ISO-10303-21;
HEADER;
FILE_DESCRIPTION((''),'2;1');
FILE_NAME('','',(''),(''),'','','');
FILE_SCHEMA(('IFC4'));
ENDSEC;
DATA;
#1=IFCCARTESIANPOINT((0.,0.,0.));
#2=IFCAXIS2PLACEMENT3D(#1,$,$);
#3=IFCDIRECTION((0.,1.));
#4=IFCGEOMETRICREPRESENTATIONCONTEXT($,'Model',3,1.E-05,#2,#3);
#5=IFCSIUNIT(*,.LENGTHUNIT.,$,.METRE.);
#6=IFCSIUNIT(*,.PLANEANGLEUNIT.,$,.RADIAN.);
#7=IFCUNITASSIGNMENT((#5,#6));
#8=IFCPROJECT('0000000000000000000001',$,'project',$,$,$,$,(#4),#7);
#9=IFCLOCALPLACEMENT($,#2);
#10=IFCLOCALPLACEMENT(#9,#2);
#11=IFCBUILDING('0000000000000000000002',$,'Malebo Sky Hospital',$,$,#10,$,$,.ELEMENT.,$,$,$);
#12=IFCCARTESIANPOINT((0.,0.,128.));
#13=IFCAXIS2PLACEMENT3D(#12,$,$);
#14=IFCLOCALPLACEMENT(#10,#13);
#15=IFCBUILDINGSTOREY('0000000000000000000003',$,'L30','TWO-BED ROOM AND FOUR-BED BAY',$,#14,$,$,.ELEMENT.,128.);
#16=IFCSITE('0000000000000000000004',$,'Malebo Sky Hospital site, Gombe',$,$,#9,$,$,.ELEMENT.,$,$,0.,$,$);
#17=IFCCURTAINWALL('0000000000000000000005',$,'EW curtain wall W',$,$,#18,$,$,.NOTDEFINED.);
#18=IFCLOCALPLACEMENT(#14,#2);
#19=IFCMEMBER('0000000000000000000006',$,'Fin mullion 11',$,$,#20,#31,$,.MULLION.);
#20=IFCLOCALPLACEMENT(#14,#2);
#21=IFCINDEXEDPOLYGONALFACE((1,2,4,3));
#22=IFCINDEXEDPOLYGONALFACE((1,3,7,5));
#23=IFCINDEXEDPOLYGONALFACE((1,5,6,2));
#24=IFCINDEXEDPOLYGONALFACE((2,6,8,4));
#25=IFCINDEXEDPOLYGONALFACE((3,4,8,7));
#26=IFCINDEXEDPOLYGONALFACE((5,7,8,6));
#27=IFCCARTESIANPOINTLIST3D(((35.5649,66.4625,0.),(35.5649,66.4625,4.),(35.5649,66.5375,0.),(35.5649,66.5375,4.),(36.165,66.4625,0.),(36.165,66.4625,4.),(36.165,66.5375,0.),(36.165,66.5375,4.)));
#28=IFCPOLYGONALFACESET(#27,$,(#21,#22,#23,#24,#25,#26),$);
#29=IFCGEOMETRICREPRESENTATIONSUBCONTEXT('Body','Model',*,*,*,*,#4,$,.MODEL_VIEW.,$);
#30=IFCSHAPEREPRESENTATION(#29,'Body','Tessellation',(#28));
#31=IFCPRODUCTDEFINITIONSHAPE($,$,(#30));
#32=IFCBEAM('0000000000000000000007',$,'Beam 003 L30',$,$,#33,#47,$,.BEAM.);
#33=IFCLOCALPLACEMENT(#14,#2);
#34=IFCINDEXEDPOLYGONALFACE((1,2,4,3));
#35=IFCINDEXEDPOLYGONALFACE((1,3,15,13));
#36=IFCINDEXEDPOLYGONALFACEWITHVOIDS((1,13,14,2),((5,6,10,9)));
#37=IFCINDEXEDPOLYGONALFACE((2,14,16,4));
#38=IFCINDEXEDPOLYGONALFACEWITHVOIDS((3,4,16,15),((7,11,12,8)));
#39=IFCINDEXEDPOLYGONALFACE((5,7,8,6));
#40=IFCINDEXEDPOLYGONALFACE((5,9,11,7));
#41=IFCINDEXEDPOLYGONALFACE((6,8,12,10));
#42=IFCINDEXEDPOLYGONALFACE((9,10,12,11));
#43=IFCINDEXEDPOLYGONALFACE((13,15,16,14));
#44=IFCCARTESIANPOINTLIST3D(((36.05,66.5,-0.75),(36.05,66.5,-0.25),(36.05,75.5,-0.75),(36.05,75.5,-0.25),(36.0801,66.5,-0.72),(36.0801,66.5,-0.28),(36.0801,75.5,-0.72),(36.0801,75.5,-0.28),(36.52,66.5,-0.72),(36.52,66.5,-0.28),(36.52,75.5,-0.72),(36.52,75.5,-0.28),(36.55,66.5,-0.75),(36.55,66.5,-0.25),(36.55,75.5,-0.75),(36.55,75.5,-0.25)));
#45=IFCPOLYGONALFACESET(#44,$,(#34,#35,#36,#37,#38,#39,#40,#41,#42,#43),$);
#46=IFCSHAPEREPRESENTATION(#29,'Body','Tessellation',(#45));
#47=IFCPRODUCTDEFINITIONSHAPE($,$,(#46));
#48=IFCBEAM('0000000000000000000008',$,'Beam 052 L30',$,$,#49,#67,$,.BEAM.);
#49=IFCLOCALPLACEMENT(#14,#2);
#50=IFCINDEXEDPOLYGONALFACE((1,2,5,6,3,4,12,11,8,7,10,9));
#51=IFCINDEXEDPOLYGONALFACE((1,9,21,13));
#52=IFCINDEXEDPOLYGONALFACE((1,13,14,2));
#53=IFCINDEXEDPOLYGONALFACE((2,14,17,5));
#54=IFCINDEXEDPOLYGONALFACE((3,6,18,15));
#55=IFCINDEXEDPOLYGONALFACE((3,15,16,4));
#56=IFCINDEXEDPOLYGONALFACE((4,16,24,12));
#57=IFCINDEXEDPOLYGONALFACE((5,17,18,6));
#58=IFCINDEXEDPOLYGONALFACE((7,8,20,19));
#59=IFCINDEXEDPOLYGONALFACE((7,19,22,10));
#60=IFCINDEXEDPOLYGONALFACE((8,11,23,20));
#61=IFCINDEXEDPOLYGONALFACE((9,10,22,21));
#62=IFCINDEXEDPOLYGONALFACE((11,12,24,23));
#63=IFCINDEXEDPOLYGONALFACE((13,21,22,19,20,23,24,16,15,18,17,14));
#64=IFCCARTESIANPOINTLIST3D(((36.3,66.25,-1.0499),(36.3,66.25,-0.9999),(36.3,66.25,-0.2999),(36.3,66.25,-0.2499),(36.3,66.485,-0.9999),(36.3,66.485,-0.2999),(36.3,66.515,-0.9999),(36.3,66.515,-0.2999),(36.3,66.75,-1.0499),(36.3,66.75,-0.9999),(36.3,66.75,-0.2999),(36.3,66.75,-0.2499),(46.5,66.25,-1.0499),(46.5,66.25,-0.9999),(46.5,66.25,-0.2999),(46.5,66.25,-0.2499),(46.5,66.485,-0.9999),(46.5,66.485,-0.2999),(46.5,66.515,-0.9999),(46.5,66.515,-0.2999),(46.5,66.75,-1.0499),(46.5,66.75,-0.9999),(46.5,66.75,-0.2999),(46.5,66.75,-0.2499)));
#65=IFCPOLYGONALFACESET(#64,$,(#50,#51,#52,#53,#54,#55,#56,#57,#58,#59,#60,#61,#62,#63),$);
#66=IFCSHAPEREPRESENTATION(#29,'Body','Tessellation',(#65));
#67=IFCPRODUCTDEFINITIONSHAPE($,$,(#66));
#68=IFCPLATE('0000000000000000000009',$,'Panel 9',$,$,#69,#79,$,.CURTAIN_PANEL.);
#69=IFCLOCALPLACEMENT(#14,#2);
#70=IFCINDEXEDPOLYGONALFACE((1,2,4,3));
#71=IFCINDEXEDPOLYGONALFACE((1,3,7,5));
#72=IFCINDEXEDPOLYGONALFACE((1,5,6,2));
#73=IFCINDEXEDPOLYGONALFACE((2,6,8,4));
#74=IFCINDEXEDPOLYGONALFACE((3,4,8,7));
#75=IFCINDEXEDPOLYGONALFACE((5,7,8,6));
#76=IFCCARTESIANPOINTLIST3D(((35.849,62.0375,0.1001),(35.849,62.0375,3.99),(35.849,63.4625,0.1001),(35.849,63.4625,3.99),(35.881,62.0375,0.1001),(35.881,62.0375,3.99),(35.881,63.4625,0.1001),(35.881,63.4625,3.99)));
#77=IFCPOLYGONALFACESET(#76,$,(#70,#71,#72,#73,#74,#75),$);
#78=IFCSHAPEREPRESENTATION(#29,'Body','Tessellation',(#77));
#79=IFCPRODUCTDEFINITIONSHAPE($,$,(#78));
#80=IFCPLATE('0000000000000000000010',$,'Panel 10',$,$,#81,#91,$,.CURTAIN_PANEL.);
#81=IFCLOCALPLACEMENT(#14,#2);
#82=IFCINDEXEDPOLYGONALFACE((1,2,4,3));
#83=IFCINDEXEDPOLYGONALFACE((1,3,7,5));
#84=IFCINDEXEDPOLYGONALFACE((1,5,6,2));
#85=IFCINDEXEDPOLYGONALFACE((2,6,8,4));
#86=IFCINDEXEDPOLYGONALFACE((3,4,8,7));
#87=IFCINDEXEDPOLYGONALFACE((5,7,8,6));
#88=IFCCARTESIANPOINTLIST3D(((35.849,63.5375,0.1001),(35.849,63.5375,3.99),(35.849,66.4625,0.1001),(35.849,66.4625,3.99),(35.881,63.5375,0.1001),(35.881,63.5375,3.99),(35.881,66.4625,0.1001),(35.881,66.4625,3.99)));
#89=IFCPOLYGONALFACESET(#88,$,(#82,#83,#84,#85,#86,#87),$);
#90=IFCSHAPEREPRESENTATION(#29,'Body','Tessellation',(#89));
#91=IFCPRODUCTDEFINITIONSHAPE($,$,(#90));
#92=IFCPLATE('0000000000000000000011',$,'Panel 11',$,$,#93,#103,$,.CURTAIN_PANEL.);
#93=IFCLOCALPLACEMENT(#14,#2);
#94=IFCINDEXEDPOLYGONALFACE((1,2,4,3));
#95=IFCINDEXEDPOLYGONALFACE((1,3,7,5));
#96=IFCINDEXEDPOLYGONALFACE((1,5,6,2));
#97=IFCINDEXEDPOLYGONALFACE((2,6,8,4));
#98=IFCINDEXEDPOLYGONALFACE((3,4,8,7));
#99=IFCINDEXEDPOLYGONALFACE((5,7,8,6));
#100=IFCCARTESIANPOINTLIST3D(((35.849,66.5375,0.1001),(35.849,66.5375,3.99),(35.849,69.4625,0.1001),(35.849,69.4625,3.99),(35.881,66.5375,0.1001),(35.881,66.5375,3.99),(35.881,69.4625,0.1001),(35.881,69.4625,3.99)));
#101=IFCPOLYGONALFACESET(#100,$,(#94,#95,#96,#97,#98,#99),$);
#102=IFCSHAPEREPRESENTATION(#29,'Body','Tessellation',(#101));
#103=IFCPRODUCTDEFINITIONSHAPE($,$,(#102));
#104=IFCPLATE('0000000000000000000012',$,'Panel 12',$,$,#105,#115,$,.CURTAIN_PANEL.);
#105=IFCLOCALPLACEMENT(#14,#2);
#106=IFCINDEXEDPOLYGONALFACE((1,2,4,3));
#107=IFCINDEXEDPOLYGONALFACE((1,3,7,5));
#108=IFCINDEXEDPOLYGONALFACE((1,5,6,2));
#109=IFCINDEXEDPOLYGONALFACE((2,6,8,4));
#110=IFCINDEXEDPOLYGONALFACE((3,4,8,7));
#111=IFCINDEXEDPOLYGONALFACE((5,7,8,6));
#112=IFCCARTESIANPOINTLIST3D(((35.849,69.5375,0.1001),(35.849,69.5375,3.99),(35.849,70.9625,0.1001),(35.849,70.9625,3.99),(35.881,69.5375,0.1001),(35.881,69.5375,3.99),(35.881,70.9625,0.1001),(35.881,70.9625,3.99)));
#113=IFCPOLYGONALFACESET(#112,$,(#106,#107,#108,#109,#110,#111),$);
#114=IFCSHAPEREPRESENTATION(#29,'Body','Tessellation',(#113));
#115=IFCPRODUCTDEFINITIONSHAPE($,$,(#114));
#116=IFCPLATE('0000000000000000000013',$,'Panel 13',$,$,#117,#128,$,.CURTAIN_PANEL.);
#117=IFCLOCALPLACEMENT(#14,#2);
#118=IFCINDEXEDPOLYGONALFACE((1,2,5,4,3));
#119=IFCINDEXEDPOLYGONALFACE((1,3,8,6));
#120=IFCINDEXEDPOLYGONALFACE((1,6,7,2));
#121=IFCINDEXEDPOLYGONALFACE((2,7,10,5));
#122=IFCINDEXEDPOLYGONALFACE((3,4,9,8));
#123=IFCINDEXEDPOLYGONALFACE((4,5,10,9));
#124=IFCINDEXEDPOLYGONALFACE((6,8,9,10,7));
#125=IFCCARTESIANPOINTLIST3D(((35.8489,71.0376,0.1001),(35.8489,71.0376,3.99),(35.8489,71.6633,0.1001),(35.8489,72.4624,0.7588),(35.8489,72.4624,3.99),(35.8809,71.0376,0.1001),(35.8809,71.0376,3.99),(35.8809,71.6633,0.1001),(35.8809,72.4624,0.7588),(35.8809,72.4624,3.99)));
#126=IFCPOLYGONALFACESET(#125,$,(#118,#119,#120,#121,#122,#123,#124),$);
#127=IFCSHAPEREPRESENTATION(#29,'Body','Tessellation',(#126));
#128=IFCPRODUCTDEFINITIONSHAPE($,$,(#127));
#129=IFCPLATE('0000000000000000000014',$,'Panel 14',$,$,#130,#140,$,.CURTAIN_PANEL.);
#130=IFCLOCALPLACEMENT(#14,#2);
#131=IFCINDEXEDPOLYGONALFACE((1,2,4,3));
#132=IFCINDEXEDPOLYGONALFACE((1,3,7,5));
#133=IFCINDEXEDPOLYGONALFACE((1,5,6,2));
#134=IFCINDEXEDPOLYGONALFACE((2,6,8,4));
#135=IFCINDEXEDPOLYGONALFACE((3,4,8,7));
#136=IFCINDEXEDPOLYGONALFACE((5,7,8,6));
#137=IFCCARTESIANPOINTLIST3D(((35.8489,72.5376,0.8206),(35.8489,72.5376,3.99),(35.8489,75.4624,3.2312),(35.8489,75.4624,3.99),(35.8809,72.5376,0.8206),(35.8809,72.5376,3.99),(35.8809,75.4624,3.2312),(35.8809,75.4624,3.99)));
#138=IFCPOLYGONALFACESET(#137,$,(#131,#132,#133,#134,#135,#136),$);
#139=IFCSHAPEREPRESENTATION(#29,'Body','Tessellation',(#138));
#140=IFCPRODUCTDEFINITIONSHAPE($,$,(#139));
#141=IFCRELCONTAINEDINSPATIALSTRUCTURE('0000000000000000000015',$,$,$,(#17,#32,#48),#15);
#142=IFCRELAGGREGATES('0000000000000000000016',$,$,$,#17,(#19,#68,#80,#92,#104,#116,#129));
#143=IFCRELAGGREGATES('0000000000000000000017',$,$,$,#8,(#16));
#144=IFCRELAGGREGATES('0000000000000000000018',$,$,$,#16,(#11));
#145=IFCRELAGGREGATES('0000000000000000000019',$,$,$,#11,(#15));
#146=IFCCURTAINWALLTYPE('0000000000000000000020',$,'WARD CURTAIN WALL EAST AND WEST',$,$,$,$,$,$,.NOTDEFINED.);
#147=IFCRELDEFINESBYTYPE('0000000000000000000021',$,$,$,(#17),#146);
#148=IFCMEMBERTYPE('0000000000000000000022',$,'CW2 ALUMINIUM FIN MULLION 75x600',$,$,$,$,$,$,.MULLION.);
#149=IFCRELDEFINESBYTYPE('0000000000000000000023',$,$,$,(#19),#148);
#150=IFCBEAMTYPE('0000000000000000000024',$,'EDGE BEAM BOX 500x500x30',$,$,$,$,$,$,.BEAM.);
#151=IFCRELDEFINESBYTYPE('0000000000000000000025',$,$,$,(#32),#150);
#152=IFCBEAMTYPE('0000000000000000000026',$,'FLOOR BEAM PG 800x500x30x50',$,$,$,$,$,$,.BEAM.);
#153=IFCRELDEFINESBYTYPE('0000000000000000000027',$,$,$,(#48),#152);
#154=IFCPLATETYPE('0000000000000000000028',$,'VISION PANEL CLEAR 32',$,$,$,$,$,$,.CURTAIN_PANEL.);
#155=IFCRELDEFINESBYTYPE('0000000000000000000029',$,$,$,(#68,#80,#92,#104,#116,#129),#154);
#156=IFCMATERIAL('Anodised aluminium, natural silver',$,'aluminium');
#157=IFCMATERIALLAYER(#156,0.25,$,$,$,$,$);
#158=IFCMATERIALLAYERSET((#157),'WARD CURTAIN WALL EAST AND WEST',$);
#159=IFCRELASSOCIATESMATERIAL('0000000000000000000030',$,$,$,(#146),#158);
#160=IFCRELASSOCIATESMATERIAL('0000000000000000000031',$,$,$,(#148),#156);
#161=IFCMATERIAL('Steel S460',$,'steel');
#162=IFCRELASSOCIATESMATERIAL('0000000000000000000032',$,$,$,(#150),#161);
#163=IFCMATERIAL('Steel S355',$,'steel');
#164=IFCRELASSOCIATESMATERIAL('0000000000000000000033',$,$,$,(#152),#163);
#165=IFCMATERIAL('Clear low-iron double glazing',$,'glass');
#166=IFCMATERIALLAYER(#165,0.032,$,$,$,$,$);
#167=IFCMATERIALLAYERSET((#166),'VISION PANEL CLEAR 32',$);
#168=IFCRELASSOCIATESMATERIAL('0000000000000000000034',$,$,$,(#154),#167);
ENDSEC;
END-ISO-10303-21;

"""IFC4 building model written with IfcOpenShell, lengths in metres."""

from ifc_helpers import new_model, si_unit, direction, frame, origin, origin_2d, place, context, subcontext, project, spatial, polyline, rectangle, hollow_rectangle, i_section, outline, extrude, material, layer, layer_set, material_profile, profile_set, type_object, element, aggregate, save


model = new_model("IFC4")

# Units and contexts
model_context = context("Model", 3, precision=1e-05, world=origin(), true_north=direction((0.0, 1.0)))
body_context = subcontext(model_context, "Body", "Model", "MODEL_VIEW")
ifc_project = project(units=[si_unit("LENGTHUNIT", "METRE"), si_unit("PLANEANGLEUNIT", "RADIAN")], contexts=[model_context])

# Site, building, storey
site_placement = place(None, origin())
site = spatial("IfcSite", under=ifc_project, at=site_placement, Name="Malebo Sky Hospital site, Gombe", CompositionType="ELEMENT", RefElevation=0.0)
building_placement = place(site_placement, origin())
building = spatial("IfcBuilding", under=site, at=building_placement, Name="Malebo Sky Hospital", CompositionType="ELEMENT")
storey_placement = place(building_placement, frame((0.0, 0.0, 128.0)))
storey = spatial("IfcBuildingStorey", under=building, at=storey_placement, Name="L30", Description="TWO-BED ROOM AND FOUR-BED BAY", CompositionType="ELEMENT", Elevation=128.0)

# Shared definitions
ifc_material_1 = material(Name="Steel S460", Category="steel")

# Curtain wall
ifc_material_2 = material(Name="Anodised aluminium, natural silver", Category="aluminium")
ifc_layer_1 = layer(ifc_material_2, 0.25)
ifc_layer_set_1 = layer_set([ifc_layer_1], Name="WARD CURTAIN WALL EAST AND WEST")
curtain_wall_type = type_object("IfcCurtainWallType", Name="WARD CURTAIN WALL EAST AND WEST", PredefinedType="NOTDEFINED", material=ifc_layer_set_1)
curtain_wall_placement = place(storey_placement, origin())
curtain_wall = element("IfcCurtainWall", 1, at=curtain_wall_placement, inside=storey, type_object=curtain_wall_type, Name="EW curtain wall W", PredefinedType="NOTDEFINED")

# Member
ifc_material_3 = material(Name="Steel S355", Category="steel")
ifc_material_profile_1 = material_profile(ifc_material_2, rectangle(XDim=0.075, YDim=0.6001, at=origin_2d()), Name="CW2 ALUMINIUM FIN MULLION 75x600")
ifc_profile_set_1 = profile_set([ifc_material_profile_1], Name="Anodised aluminium, natural silver")
member_type_1 = type_object("IfcMemberType", Name="CW2 ALUMINIUM FIN MULLION 75x600", PredefinedType="MULLION", material=ifc_profile_set_1)
member_1_placement = place(storey_placement, frame((35.865, 66.5, 0.0), z_axis=(0.0, 0.0, 1.0), x_axis=(0.0, 1.0, 0.0)))
member_1 = element("IfcMember", 2, at=member_1_placement, type_object=member_type_1, Name="Fin mullion 11", PredefinedType="MULLION", context=body_context, shape_type="SweptSolid", body=[
    extrude(rectangle(XDim=0.075, YDim=0.6001, at=origin_2d()), origin(), (0.0, 0.0, 1.0), 4.0),
])

# Beams
ifc_material_profile_2 = material_profile(ifc_material_1, hollow_rectangle(XDim=0.5, YDim=0.5, WallThickness=0.03, at=origin_2d()), Name="BOX 500x500x30")
ifc_profile_set_2 = profile_set([ifc_material_profile_2], Name="Steel S460")
beam_type_1 = type_object("IfcBeamType", Name="EDGE BEAM BOX 500x500x30", PredefinedType="BEAM", material=ifc_profile_set_2)
beam_1_placement = place(storey_placement, frame((36.3, 66.5, -0.5), z_axis=(0.0, 1.0, 0.0), x_axis=(-1.0, 0.0, 0.0)))
element("IfcBeam", 3, at=beam_1_placement, inside=storey, type_object=beam_type_1, Name="Beam 003 L30", PredefinedType="BEAM", context=body_context, shape_type="SweptSolid", body=[
    extrude(hollow_rectangle(XDim=0.5, YDim=0.5, WallThickness=0.03, at=origin_2d()), origin(), (0.0, 0.0, 1.0), 9.0),
])
ifc_material_profile_3 = material_profile(ifc_material_3, i_section(OverallWidth=0.5, OverallDepth=0.8, WebThickness=0.03, FlangeThickness=0.05, at=origin_2d()), Name="PG 800x500x30x50")
ifc_profile_set_3 = profile_set([ifc_material_profile_3], Name="Steel S355")
beam_type_2 = type_object("IfcBeamType", Name="FLOOR BEAM PG 800x500x30x50", PredefinedType="BEAM", material=ifc_profile_set_3)
beam_2_placement = place(storey_placement, frame((36.3, 66.5, -0.6499), z_axis=(1.0, 0.0, 0.0), x_axis=(0.0, 1.0, 0.0)))
element("IfcBeam", 4, at=beam_2_placement, inside=storey, type_object=beam_type_2, Name="Beam 052 L30", PredefinedType="BEAM", context=body_context, shape_type="SweptSolid", body=[
    extrude(i_section(OverallWidth=0.5, OverallDepth=0.8, WebThickness=0.03, FlangeThickness=0.05, at=origin_2d()), origin(), (0.0, 0.0, 1.0), 10.2),
])

# Plates
ifc_material_4 = material(Name="Clear low-iron double glazing", Category="glass")
ifc_layer_2 = layer(ifc_material_4, 0.032)
ifc_layer_set_2 = layer_set([ifc_layer_2], Name="VISION PANEL CLEAR 32")
plate_type = type_object("IfcPlateType", Name="VISION PANEL CLEAR 32", PredefinedType="CURTAIN_PANEL", material=ifc_layer_set_2)
plate_1_placement = place(storey_placement, frame((35.865, 62.75, 0.1001), z_axis=(0.0, 0.0, 1.0), x_axis=(0.0, 1.0, 0.0)))
plate_1 = element("IfcPlate", 5, at=plate_1_placement, type_object=plate_type, Name="Panel 9", PredefinedType="CURTAIN_PANEL", context=body_context, shape_type="SweptSolid", body=[
    extrude(rectangle(XDim=1.425, YDim=0.032, at=origin_2d()), origin(), (0.0, 0.0, 1.0), 3.8899),
])
plate_2_placement = place(storey_placement, frame((35.865, 65.0, 0.1001), z_axis=(0.0, 0.0, 1.0), x_axis=(0.0, 1.0, 0.0)))
plate_2 = element("IfcPlate", 6, at=plate_2_placement, type_object=plate_type, Name="Panel 10", PredefinedType="CURTAIN_PANEL", context=body_context, shape_type="SweptSolid", body=[
    extrude(rectangle(XDim=2.925, YDim=0.032, at=origin_2d()), origin(), (0.0, 0.0, 1.0), 3.8899),
])
plate_3_placement = place(storey_placement, frame((35.865, 68.0, 0.1001), z_axis=(0.0, 0.0, 1.0), x_axis=(0.0, 1.0, 0.0)))
plate_3 = element("IfcPlate", 7, at=plate_3_placement, type_object=plate_type, Name="Panel 11", PredefinedType="CURTAIN_PANEL", context=body_context, shape_type="SweptSolid", body=[
    extrude(rectangle(XDim=2.925, YDim=0.032, at=origin_2d()), origin(), (0.0, 0.0, 1.0), 3.8899),
])
plate_4_placement = place(storey_placement, frame((35.865, 70.25, 0.1001), z_axis=(0.0, 0.0, 1.0), x_axis=(0.0, 1.0, 0.0)))
plate_4 = element("IfcPlate", 8, at=plate_4_placement, type_object=plate_type, Name="Panel 12", PredefinedType="CURTAIN_PANEL", context=body_context, shape_type="SweptSolid", body=[
    extrude(rectangle(XDim=1.425, YDim=0.032, at=origin_2d()), origin(), (0.0, 0.0, 1.0), 3.8899),
])
plate_5_placement = place(storey_placement, frame((35.865, 71.75, 0.1001), z_axis=(0.0, 0.0, 1.0), x_axis=(0.0, 1.0, 0.0)))
plate_5 = element("IfcPlate", 9, at=plate_5_placement, type_object=plate_type, Name="Panel 13", PredefinedType="CURTAIN_PANEL", context=body_context, shape_type="SweptSolid", body=[
    extrude(outline(polyline([(-0.7124, 0.0), (-0.0867, 0.0), (0.7124, 0.6587), (0.7124, 3.8899), (-0.7124, 3.8899), (-0.7124, 0.0)])), frame((0.0, 0.0161, 0.0), z_axis=(0.0, -1.0, 0.0), x_axis=(1.0, 0.0, 0.0)), (0.0, 0.0, 1.0), 0.032),
])
plate_6_placement = place(storey_placement, frame((35.865, 74.0, 0.8206), z_axis=(0.0, 0.0, 1.0), x_axis=(0.0, 1.0, 0.0)))
plate_6 = element("IfcPlate", 10, at=plate_6_placement, type_object=plate_type, Name="Panel 14", PredefinedType="CURTAIN_PANEL", context=body_context, shape_type="SweptSolid", body=[
    extrude(outline(polyline([(-1.4624, 0.0), (1.4624, 2.4106), (1.4624, 3.1694), (-1.4624, 3.1694), (-1.4624, 0.0)])), frame((0.0, 0.0161, 0.0), z_axis=(0.0, -1.0, 0.0), x_axis=(1.0, 0.0, 0.0)), (0.0, 0.0, 1.0), 0.032),
])
aggregate(curtain_wall, [member_1, plate_1, plate_2, plate_3, plate_4, plate_5, plate_6])

save(model, "model.ifc")
